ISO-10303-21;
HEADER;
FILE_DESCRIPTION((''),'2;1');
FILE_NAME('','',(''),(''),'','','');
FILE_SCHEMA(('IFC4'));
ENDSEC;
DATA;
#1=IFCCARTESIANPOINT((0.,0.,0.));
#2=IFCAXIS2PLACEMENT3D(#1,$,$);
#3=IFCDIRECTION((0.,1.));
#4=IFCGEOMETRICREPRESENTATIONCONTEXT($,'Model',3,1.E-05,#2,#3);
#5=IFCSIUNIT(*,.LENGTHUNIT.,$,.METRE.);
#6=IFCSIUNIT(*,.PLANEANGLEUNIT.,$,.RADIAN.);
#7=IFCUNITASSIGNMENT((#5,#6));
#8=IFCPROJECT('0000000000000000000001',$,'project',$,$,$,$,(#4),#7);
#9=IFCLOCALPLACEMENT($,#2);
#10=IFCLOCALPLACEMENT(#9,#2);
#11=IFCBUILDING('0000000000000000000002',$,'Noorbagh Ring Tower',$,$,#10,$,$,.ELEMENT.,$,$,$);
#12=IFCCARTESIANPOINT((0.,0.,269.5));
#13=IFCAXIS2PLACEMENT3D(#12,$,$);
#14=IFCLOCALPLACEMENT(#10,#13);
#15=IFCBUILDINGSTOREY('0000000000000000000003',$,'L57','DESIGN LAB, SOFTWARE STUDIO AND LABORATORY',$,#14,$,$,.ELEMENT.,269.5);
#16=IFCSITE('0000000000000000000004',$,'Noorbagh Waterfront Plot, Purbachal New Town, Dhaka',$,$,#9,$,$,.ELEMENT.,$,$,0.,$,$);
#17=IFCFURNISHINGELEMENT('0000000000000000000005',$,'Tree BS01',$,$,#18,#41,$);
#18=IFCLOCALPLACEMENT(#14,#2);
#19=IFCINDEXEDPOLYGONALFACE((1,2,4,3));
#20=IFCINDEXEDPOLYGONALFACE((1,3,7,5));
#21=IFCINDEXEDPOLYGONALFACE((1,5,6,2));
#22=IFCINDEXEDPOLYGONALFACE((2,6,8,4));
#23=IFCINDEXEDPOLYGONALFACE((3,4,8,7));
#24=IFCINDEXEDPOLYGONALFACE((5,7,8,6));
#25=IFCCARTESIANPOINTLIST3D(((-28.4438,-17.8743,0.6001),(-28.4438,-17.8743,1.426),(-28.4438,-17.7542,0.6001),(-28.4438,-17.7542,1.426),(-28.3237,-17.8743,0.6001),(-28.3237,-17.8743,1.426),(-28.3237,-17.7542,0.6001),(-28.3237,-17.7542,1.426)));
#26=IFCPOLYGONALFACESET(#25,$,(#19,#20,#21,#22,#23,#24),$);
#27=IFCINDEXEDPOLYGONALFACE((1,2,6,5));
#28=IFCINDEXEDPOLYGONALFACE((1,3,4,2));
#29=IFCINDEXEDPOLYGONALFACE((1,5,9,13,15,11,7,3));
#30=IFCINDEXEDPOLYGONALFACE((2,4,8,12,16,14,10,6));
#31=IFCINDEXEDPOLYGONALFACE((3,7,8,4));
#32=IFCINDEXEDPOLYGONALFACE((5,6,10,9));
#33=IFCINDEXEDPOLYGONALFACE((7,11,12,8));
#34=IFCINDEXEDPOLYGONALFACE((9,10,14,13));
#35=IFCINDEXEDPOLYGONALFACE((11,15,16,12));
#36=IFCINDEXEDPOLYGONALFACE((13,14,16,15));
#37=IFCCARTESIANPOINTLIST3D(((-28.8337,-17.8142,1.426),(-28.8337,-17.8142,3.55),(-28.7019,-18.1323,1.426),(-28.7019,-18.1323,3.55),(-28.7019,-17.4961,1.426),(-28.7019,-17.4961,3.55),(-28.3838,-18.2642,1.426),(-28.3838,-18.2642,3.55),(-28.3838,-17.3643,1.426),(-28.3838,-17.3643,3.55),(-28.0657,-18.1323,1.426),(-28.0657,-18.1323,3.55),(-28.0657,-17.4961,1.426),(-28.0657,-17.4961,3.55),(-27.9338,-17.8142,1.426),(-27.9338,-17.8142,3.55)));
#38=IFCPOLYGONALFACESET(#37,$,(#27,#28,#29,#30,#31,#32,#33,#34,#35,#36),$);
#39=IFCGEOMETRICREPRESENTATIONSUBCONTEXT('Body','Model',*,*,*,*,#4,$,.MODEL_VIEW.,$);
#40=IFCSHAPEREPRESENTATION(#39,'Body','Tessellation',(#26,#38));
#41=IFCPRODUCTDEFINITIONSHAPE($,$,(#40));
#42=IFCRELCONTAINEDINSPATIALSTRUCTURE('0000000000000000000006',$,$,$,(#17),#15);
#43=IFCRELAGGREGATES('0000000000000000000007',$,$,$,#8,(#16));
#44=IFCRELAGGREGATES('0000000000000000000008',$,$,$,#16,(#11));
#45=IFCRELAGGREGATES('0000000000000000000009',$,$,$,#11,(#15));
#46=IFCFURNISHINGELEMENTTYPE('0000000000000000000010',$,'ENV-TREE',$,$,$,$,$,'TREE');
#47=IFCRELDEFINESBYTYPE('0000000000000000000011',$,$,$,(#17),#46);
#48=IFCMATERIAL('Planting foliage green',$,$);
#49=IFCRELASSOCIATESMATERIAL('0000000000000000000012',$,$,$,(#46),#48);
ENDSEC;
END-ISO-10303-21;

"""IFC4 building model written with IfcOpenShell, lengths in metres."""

from ifc_helpers import new_model, si_unit, direction, frame, origin, origin_2d, place, context, subcontext, project, spatial, polyline, rectangle, outline, extrude, material, type_object, element, save


model = new_model("IFC4")

# Units and contexts
model_context = context("Model", 3, precision=1e-05, world=origin(), true_north=direction((0.0, 1.0)))
body_context = subcontext(model_context, "Body", "Model", "MODEL_VIEW")
ifc_project = project(units=[si_unit("LENGTHUNIT", "METRE"), si_unit("PLANEANGLEUNIT", "RADIAN")], contexts=[model_context])

# Site, building, storey
site_placement = place(None, origin())
site = spatial("IfcSite", under=ifc_project, at=site_placement, Name="Noorbagh Waterfront Plot, Purbachal New Town, Dhaka", CompositionType="ELEMENT", RefElevation=0.0)
building_placement = place(site_placement, origin())
building = spatial("IfcBuilding", under=site, at=building_placement, Name="Noorbagh Ring Tower", CompositionType="ELEMENT")
storey_placement = place(building_placement, frame((0.0, 0.0, 269.5)))
storey = spatial("IfcBuildingStorey", under=building, at=storey_placement, Name="L57", Description="DESIGN LAB, SOFTWARE STUDIO AND LABORATORY", CompositionType="ELEMENT", Elevation=269.5)

# Furnishing element
ifc_material_1 = material(Name="Planting foliage green")
furnishing_element_type = type_object("IfcFurnishingElementType", Name="ENV-TREE", ElementType="TREE", material=ifc_material_1)
furnishing_placement = place(storey_placement, frame((-28.3838, -17.8142, 0.6001), z_axis=(0.0, 0.0, 1.0), x_axis=(1.0, 0.0, 0.0)))
element("IfcFurnishingElement", 1, at=furnishing_placement, inside=storey, type_object=furnishing_element_type, Name="Tree BS01", context=body_context, shape_type="SweptSolid", body=[
    extrude(rectangle(XDim=0.1201, YDim=0.1201, at=origin_2d()), origin(), (0.0, 0.0, 1.0), 0.8259),
    extrude(outline(polyline([(0.45, 0.0), (0.3181, 0.3181), (0.0, 0.45), (-0.3181, 0.3181), (-0.45, 0.0), (-0.3181, -0.3181), (0.0, -0.45), (0.3181, -0.3181), (0.45, 0.0)])), frame((0.0, 0.0, 0.8259)), (0.0, 0.0, 1.0), 2.124),
])

save(model, "model.ifc")
